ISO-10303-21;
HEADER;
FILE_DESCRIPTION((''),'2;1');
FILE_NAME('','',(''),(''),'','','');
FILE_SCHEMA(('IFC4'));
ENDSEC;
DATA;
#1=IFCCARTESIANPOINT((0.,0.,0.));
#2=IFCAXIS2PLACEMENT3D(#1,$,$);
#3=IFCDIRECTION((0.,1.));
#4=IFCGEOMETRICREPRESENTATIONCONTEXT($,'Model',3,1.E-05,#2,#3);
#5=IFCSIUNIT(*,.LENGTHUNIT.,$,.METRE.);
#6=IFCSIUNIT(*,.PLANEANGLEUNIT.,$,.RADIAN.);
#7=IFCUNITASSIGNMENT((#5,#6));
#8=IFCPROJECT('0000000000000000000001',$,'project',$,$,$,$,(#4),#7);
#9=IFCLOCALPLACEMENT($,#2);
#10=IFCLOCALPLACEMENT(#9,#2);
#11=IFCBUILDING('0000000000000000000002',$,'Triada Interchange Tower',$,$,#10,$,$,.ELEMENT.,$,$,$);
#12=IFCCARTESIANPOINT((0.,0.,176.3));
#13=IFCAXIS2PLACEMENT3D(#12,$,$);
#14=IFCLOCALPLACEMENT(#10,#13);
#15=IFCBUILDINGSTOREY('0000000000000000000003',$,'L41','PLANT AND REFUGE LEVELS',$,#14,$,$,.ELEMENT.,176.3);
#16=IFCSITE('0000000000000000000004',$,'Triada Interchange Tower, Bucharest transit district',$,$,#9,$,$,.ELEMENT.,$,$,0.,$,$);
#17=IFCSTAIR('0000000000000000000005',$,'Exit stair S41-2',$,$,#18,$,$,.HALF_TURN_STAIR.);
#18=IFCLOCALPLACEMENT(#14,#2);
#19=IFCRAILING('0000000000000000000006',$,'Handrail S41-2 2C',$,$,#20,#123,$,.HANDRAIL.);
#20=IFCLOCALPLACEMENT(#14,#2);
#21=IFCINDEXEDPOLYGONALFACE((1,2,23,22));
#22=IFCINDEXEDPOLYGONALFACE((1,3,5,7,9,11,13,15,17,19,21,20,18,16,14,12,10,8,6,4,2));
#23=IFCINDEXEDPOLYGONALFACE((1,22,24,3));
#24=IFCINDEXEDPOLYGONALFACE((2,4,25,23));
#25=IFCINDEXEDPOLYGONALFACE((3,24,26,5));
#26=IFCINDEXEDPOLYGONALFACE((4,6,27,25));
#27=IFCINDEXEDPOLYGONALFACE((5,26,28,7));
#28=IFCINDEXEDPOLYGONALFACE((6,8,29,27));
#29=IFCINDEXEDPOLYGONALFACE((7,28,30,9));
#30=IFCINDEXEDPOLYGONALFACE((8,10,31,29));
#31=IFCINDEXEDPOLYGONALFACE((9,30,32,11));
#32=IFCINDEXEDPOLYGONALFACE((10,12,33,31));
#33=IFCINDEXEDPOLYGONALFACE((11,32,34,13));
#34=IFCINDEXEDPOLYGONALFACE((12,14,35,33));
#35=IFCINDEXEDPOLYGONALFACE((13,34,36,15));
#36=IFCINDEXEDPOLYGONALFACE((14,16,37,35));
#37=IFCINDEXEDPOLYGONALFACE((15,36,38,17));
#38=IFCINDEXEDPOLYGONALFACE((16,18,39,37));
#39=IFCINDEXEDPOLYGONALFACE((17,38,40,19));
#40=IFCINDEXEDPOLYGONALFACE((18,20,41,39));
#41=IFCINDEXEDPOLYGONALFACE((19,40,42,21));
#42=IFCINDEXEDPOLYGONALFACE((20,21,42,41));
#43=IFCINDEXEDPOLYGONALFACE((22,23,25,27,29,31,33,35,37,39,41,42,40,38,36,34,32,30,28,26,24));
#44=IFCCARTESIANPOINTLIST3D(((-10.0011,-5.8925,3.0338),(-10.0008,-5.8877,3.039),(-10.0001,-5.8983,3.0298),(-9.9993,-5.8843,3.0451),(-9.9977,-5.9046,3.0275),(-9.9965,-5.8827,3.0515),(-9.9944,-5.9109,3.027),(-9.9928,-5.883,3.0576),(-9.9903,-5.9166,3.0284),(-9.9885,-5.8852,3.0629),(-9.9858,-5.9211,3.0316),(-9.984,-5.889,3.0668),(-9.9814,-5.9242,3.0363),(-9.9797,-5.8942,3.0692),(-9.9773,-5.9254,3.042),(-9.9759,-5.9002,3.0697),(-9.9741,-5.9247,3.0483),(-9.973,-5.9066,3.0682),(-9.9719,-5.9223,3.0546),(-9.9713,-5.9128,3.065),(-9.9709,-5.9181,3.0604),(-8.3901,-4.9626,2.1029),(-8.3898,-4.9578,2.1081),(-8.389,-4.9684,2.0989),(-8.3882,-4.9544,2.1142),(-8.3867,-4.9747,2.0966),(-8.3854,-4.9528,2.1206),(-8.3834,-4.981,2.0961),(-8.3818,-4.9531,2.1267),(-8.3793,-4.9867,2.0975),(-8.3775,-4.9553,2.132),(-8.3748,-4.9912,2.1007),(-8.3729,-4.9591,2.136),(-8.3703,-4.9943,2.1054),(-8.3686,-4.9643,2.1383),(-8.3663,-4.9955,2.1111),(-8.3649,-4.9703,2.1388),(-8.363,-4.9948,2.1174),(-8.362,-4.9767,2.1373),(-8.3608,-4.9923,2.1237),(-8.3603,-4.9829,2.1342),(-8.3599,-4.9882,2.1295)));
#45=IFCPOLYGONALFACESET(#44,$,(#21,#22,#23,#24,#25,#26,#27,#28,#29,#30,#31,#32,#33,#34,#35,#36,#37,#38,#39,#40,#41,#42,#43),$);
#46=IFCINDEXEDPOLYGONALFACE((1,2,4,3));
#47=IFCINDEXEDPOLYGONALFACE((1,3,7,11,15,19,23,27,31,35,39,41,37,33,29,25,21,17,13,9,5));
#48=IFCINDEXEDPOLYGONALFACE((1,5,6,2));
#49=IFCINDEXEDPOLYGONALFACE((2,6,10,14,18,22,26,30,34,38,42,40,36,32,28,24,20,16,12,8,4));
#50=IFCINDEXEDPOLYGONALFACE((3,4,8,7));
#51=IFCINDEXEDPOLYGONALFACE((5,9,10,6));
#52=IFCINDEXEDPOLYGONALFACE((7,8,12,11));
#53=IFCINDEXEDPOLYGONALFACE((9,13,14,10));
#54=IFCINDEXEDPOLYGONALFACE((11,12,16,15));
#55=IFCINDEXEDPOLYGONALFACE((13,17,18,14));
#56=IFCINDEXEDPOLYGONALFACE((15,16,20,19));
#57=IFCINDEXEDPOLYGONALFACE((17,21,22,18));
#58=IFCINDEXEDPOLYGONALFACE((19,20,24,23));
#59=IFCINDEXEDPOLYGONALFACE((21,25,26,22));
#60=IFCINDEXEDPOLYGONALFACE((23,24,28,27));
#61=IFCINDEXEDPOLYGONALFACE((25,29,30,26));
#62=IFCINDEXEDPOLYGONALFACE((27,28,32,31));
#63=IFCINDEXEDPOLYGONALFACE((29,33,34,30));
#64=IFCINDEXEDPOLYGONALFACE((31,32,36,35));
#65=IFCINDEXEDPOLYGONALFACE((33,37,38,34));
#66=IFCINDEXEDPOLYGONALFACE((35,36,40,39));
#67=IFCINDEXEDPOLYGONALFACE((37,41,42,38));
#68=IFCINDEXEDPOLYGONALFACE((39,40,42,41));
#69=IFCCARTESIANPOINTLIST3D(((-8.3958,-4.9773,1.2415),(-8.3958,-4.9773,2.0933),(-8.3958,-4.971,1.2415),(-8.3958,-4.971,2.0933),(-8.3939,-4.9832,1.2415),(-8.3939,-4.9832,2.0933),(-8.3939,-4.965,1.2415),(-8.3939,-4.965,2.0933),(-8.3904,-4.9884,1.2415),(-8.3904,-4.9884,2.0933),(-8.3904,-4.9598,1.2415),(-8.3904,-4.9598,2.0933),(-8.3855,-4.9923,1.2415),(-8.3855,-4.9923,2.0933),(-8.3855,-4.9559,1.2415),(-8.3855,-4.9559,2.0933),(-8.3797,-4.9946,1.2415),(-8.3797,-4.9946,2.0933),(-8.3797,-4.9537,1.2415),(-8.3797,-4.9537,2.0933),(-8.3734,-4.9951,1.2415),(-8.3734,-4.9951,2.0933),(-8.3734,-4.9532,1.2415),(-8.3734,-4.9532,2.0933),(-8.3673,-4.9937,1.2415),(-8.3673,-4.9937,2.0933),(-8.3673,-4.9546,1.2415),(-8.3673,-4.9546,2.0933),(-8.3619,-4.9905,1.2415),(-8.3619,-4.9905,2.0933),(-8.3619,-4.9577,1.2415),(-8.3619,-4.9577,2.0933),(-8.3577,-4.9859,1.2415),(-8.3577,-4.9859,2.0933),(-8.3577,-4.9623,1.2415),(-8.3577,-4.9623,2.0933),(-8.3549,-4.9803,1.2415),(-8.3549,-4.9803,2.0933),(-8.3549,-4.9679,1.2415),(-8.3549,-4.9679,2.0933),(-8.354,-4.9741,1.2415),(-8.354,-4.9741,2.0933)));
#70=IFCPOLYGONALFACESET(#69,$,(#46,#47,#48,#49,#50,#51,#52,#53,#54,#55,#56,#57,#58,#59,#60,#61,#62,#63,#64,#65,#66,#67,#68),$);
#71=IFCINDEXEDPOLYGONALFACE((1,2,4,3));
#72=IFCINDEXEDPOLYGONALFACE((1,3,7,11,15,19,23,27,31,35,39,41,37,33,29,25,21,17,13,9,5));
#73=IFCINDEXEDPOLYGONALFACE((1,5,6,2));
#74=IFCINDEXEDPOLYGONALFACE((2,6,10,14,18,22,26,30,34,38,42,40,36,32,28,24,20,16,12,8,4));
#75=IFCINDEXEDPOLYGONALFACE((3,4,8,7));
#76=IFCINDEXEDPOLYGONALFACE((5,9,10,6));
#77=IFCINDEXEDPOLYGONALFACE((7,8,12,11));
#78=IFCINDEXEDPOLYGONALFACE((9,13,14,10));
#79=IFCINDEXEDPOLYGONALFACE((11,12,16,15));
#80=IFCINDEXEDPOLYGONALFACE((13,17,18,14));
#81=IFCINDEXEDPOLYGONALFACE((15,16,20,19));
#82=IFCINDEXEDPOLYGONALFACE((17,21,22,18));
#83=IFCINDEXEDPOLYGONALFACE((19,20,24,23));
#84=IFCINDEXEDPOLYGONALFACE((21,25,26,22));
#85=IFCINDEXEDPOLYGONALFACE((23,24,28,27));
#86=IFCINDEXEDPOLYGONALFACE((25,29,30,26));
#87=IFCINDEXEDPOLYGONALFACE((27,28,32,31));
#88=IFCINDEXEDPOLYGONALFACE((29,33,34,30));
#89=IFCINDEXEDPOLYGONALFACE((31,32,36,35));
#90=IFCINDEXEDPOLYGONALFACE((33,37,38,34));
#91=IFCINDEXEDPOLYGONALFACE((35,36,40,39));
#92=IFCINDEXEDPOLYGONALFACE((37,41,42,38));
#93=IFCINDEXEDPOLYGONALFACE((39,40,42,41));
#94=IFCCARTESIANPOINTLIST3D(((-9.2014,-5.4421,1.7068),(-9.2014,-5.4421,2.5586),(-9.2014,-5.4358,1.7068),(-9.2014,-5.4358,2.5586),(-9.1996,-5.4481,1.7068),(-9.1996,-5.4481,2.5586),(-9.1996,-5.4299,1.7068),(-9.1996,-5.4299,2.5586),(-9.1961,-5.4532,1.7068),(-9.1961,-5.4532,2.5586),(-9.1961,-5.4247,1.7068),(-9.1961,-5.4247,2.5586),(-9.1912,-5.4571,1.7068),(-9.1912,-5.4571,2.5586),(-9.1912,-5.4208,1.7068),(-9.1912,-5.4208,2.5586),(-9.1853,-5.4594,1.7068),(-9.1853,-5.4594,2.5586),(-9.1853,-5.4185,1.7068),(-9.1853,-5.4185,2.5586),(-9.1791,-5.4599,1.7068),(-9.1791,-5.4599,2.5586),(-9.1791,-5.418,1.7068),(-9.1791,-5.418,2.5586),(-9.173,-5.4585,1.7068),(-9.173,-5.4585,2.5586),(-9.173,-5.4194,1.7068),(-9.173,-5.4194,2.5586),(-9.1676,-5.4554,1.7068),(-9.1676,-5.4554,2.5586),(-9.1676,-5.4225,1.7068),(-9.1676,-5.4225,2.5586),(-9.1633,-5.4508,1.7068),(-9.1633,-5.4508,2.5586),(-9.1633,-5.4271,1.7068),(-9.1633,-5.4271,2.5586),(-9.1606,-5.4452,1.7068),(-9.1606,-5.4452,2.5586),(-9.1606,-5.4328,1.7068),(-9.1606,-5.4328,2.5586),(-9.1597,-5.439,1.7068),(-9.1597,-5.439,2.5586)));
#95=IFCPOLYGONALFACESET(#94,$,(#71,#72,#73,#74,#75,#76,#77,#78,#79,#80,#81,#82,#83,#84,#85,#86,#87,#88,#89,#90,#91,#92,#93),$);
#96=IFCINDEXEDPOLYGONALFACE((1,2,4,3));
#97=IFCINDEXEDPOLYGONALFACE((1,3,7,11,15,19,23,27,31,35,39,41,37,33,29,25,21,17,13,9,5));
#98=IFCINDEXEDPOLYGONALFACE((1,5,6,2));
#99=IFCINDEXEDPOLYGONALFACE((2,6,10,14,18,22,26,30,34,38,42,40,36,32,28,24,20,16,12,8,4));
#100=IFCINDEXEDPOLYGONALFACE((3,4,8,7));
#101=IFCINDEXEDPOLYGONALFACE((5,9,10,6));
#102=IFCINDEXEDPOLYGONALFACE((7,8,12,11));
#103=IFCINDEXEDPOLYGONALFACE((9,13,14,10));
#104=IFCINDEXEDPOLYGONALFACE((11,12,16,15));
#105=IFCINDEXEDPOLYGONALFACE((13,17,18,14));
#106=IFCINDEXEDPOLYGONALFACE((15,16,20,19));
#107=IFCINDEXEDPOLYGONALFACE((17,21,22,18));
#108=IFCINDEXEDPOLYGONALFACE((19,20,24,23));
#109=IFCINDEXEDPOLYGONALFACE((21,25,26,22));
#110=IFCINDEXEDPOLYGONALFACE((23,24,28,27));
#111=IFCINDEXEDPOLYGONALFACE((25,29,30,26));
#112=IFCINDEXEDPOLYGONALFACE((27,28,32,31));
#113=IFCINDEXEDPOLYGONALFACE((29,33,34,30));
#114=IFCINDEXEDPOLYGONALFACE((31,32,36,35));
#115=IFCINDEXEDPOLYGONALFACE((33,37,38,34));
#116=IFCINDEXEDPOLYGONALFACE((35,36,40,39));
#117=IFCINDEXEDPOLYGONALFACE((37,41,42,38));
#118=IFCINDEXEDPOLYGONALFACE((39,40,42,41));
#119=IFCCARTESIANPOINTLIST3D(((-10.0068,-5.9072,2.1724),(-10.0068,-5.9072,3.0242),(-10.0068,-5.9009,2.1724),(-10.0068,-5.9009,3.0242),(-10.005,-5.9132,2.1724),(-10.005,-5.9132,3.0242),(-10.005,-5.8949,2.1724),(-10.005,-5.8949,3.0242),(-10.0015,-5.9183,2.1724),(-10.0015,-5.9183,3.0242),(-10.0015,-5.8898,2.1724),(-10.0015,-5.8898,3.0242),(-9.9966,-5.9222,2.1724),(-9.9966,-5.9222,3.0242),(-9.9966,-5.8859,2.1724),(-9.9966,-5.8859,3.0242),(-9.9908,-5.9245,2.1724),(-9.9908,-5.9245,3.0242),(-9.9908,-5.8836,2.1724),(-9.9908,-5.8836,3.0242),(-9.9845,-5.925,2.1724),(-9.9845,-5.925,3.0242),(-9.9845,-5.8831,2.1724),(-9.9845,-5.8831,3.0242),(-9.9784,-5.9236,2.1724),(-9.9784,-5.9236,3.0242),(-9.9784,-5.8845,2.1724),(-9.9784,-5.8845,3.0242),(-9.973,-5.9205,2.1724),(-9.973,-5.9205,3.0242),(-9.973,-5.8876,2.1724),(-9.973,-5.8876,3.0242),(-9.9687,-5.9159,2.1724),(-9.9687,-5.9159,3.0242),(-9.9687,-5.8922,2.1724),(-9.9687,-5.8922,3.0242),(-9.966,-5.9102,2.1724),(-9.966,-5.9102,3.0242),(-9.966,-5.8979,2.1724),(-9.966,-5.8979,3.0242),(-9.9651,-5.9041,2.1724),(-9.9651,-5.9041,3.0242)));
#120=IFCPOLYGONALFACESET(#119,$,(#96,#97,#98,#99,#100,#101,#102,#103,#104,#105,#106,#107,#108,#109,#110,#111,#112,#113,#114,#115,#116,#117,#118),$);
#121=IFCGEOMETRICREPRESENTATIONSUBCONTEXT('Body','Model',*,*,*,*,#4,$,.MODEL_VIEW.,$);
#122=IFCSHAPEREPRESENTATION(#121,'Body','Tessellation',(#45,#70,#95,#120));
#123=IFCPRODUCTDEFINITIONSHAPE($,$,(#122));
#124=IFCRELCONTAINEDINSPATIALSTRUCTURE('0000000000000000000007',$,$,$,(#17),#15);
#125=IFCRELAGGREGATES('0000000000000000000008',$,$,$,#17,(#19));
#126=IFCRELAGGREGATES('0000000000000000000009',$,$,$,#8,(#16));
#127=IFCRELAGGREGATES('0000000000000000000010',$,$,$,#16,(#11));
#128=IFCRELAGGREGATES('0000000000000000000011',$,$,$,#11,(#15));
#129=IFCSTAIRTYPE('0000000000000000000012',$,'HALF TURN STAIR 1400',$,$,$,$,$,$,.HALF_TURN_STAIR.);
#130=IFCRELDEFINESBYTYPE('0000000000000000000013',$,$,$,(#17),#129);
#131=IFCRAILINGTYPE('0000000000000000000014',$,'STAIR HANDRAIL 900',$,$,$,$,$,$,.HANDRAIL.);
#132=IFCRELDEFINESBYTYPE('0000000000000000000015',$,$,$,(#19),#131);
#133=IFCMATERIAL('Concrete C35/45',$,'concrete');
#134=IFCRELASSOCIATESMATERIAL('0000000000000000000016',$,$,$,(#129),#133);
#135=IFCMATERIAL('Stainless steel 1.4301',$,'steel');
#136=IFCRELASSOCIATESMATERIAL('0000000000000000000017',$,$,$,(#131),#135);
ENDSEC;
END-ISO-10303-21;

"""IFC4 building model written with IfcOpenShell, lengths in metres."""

from ifc_helpers import new_model, si_unit, direction, frame, origin, origin_2d, place, context, subcontext, project, spatial, circle, extrude, material, type_object, element, aggregate, save


model = new_model("IFC4")

# Units and contexts
model_context = context("Model", 3, precision=1e-05, world=origin(), true_north=direction((0.0, 1.0)))
body_context = subcontext(model_context, "Body", "Model", "MODEL_VIEW")
ifc_project = project(units=[si_unit("LENGTHUNIT", "METRE"), si_unit("PLANEANGLEUNIT", "RADIAN")], contexts=[model_context])

# Site, building, storey
site_placement = place(None, origin())
site = spatial("IfcSite", under=ifc_project, at=site_placement, Name="Triada Interchange Tower, Bucharest transit district", CompositionType="ELEMENT", RefElevation=0.0)
building_placement = place(site_placement, origin())
building = spatial("IfcBuilding", under=site, at=building_placement, Name="Triada Interchange Tower", CompositionType="ELEMENT")
storey_placement = place(building_placement, frame((0.0, 0.0, 176.3)))
storey = spatial("IfcBuildingStorey", under=building, at=storey_placement, Name="L41", Description="PLANT AND REFUGE LEVELS", CompositionType="ELEMENT", Elevation=176.3)

# Shared definitions
ifc_material_1 = material(Name="Concrete C35/45", Category="concrete")

# Stair, railing
stair_type = type_object("IfcStairType", Name="HALF TURN STAIR 1400", PredefinedType="HALF_TURN_STAIR", material=ifc_material_1)
stair_placement = place(storey_placement, origin())
stair = element("IfcStair", 1, at=stair_placement, inside=storey, type_object=stair_type, Name="Exit stair S41-2", PredefinedType="HALF_TURN_STAIR")
ifc_material_2 = material(Name="Stainless steel 1.4301", Category="steel")
railing_type_1 = type_object("IfcRailingType", Name="STAIR HANDRAIL 900", PredefinedType="HANDRAIL", material=ifc_material_2)
railing_1_placement = place(storey_placement, frame((-8.375, -4.9741, 1.2415)))
railing_1 = element("IfcRailing", 2, at=railing_1_placement, type_object=railing_type_1, Name="Handrail S41-2 2C", PredefinedType="HANDRAIL", context=body_context, shape_type="SweptSolid", body=[
    extrude(circle(Radius=0.0239, at=origin_2d()), frame((0.0, 0.0, 0.876), z_axis=(-0.77451, -0.447054, 0.447523), x_axis=(0.499908, -0.866079, 0.0)), (0.0, 0.0, 1.0), 2.0801),
    extrude(circle(Radius=0.021, at=origin_2d()), origin(), (0.0, 0.0, 1.0), 0.8518),
    extrude(circle(Radius=0.021, at=origin_2d()), frame((-0.8057, -0.4648, 0.4653)), (0.0, 0.0, 1.0), 0.8518),
    extrude(circle(Radius=0.021, at=origin_2d()), frame((-1.6111, -0.9299, 0.9309)), (0.0, 0.0, 1.0), 0.8518),
])
aggregate(stair, [railing_1])

save(model, "model.ifc")
